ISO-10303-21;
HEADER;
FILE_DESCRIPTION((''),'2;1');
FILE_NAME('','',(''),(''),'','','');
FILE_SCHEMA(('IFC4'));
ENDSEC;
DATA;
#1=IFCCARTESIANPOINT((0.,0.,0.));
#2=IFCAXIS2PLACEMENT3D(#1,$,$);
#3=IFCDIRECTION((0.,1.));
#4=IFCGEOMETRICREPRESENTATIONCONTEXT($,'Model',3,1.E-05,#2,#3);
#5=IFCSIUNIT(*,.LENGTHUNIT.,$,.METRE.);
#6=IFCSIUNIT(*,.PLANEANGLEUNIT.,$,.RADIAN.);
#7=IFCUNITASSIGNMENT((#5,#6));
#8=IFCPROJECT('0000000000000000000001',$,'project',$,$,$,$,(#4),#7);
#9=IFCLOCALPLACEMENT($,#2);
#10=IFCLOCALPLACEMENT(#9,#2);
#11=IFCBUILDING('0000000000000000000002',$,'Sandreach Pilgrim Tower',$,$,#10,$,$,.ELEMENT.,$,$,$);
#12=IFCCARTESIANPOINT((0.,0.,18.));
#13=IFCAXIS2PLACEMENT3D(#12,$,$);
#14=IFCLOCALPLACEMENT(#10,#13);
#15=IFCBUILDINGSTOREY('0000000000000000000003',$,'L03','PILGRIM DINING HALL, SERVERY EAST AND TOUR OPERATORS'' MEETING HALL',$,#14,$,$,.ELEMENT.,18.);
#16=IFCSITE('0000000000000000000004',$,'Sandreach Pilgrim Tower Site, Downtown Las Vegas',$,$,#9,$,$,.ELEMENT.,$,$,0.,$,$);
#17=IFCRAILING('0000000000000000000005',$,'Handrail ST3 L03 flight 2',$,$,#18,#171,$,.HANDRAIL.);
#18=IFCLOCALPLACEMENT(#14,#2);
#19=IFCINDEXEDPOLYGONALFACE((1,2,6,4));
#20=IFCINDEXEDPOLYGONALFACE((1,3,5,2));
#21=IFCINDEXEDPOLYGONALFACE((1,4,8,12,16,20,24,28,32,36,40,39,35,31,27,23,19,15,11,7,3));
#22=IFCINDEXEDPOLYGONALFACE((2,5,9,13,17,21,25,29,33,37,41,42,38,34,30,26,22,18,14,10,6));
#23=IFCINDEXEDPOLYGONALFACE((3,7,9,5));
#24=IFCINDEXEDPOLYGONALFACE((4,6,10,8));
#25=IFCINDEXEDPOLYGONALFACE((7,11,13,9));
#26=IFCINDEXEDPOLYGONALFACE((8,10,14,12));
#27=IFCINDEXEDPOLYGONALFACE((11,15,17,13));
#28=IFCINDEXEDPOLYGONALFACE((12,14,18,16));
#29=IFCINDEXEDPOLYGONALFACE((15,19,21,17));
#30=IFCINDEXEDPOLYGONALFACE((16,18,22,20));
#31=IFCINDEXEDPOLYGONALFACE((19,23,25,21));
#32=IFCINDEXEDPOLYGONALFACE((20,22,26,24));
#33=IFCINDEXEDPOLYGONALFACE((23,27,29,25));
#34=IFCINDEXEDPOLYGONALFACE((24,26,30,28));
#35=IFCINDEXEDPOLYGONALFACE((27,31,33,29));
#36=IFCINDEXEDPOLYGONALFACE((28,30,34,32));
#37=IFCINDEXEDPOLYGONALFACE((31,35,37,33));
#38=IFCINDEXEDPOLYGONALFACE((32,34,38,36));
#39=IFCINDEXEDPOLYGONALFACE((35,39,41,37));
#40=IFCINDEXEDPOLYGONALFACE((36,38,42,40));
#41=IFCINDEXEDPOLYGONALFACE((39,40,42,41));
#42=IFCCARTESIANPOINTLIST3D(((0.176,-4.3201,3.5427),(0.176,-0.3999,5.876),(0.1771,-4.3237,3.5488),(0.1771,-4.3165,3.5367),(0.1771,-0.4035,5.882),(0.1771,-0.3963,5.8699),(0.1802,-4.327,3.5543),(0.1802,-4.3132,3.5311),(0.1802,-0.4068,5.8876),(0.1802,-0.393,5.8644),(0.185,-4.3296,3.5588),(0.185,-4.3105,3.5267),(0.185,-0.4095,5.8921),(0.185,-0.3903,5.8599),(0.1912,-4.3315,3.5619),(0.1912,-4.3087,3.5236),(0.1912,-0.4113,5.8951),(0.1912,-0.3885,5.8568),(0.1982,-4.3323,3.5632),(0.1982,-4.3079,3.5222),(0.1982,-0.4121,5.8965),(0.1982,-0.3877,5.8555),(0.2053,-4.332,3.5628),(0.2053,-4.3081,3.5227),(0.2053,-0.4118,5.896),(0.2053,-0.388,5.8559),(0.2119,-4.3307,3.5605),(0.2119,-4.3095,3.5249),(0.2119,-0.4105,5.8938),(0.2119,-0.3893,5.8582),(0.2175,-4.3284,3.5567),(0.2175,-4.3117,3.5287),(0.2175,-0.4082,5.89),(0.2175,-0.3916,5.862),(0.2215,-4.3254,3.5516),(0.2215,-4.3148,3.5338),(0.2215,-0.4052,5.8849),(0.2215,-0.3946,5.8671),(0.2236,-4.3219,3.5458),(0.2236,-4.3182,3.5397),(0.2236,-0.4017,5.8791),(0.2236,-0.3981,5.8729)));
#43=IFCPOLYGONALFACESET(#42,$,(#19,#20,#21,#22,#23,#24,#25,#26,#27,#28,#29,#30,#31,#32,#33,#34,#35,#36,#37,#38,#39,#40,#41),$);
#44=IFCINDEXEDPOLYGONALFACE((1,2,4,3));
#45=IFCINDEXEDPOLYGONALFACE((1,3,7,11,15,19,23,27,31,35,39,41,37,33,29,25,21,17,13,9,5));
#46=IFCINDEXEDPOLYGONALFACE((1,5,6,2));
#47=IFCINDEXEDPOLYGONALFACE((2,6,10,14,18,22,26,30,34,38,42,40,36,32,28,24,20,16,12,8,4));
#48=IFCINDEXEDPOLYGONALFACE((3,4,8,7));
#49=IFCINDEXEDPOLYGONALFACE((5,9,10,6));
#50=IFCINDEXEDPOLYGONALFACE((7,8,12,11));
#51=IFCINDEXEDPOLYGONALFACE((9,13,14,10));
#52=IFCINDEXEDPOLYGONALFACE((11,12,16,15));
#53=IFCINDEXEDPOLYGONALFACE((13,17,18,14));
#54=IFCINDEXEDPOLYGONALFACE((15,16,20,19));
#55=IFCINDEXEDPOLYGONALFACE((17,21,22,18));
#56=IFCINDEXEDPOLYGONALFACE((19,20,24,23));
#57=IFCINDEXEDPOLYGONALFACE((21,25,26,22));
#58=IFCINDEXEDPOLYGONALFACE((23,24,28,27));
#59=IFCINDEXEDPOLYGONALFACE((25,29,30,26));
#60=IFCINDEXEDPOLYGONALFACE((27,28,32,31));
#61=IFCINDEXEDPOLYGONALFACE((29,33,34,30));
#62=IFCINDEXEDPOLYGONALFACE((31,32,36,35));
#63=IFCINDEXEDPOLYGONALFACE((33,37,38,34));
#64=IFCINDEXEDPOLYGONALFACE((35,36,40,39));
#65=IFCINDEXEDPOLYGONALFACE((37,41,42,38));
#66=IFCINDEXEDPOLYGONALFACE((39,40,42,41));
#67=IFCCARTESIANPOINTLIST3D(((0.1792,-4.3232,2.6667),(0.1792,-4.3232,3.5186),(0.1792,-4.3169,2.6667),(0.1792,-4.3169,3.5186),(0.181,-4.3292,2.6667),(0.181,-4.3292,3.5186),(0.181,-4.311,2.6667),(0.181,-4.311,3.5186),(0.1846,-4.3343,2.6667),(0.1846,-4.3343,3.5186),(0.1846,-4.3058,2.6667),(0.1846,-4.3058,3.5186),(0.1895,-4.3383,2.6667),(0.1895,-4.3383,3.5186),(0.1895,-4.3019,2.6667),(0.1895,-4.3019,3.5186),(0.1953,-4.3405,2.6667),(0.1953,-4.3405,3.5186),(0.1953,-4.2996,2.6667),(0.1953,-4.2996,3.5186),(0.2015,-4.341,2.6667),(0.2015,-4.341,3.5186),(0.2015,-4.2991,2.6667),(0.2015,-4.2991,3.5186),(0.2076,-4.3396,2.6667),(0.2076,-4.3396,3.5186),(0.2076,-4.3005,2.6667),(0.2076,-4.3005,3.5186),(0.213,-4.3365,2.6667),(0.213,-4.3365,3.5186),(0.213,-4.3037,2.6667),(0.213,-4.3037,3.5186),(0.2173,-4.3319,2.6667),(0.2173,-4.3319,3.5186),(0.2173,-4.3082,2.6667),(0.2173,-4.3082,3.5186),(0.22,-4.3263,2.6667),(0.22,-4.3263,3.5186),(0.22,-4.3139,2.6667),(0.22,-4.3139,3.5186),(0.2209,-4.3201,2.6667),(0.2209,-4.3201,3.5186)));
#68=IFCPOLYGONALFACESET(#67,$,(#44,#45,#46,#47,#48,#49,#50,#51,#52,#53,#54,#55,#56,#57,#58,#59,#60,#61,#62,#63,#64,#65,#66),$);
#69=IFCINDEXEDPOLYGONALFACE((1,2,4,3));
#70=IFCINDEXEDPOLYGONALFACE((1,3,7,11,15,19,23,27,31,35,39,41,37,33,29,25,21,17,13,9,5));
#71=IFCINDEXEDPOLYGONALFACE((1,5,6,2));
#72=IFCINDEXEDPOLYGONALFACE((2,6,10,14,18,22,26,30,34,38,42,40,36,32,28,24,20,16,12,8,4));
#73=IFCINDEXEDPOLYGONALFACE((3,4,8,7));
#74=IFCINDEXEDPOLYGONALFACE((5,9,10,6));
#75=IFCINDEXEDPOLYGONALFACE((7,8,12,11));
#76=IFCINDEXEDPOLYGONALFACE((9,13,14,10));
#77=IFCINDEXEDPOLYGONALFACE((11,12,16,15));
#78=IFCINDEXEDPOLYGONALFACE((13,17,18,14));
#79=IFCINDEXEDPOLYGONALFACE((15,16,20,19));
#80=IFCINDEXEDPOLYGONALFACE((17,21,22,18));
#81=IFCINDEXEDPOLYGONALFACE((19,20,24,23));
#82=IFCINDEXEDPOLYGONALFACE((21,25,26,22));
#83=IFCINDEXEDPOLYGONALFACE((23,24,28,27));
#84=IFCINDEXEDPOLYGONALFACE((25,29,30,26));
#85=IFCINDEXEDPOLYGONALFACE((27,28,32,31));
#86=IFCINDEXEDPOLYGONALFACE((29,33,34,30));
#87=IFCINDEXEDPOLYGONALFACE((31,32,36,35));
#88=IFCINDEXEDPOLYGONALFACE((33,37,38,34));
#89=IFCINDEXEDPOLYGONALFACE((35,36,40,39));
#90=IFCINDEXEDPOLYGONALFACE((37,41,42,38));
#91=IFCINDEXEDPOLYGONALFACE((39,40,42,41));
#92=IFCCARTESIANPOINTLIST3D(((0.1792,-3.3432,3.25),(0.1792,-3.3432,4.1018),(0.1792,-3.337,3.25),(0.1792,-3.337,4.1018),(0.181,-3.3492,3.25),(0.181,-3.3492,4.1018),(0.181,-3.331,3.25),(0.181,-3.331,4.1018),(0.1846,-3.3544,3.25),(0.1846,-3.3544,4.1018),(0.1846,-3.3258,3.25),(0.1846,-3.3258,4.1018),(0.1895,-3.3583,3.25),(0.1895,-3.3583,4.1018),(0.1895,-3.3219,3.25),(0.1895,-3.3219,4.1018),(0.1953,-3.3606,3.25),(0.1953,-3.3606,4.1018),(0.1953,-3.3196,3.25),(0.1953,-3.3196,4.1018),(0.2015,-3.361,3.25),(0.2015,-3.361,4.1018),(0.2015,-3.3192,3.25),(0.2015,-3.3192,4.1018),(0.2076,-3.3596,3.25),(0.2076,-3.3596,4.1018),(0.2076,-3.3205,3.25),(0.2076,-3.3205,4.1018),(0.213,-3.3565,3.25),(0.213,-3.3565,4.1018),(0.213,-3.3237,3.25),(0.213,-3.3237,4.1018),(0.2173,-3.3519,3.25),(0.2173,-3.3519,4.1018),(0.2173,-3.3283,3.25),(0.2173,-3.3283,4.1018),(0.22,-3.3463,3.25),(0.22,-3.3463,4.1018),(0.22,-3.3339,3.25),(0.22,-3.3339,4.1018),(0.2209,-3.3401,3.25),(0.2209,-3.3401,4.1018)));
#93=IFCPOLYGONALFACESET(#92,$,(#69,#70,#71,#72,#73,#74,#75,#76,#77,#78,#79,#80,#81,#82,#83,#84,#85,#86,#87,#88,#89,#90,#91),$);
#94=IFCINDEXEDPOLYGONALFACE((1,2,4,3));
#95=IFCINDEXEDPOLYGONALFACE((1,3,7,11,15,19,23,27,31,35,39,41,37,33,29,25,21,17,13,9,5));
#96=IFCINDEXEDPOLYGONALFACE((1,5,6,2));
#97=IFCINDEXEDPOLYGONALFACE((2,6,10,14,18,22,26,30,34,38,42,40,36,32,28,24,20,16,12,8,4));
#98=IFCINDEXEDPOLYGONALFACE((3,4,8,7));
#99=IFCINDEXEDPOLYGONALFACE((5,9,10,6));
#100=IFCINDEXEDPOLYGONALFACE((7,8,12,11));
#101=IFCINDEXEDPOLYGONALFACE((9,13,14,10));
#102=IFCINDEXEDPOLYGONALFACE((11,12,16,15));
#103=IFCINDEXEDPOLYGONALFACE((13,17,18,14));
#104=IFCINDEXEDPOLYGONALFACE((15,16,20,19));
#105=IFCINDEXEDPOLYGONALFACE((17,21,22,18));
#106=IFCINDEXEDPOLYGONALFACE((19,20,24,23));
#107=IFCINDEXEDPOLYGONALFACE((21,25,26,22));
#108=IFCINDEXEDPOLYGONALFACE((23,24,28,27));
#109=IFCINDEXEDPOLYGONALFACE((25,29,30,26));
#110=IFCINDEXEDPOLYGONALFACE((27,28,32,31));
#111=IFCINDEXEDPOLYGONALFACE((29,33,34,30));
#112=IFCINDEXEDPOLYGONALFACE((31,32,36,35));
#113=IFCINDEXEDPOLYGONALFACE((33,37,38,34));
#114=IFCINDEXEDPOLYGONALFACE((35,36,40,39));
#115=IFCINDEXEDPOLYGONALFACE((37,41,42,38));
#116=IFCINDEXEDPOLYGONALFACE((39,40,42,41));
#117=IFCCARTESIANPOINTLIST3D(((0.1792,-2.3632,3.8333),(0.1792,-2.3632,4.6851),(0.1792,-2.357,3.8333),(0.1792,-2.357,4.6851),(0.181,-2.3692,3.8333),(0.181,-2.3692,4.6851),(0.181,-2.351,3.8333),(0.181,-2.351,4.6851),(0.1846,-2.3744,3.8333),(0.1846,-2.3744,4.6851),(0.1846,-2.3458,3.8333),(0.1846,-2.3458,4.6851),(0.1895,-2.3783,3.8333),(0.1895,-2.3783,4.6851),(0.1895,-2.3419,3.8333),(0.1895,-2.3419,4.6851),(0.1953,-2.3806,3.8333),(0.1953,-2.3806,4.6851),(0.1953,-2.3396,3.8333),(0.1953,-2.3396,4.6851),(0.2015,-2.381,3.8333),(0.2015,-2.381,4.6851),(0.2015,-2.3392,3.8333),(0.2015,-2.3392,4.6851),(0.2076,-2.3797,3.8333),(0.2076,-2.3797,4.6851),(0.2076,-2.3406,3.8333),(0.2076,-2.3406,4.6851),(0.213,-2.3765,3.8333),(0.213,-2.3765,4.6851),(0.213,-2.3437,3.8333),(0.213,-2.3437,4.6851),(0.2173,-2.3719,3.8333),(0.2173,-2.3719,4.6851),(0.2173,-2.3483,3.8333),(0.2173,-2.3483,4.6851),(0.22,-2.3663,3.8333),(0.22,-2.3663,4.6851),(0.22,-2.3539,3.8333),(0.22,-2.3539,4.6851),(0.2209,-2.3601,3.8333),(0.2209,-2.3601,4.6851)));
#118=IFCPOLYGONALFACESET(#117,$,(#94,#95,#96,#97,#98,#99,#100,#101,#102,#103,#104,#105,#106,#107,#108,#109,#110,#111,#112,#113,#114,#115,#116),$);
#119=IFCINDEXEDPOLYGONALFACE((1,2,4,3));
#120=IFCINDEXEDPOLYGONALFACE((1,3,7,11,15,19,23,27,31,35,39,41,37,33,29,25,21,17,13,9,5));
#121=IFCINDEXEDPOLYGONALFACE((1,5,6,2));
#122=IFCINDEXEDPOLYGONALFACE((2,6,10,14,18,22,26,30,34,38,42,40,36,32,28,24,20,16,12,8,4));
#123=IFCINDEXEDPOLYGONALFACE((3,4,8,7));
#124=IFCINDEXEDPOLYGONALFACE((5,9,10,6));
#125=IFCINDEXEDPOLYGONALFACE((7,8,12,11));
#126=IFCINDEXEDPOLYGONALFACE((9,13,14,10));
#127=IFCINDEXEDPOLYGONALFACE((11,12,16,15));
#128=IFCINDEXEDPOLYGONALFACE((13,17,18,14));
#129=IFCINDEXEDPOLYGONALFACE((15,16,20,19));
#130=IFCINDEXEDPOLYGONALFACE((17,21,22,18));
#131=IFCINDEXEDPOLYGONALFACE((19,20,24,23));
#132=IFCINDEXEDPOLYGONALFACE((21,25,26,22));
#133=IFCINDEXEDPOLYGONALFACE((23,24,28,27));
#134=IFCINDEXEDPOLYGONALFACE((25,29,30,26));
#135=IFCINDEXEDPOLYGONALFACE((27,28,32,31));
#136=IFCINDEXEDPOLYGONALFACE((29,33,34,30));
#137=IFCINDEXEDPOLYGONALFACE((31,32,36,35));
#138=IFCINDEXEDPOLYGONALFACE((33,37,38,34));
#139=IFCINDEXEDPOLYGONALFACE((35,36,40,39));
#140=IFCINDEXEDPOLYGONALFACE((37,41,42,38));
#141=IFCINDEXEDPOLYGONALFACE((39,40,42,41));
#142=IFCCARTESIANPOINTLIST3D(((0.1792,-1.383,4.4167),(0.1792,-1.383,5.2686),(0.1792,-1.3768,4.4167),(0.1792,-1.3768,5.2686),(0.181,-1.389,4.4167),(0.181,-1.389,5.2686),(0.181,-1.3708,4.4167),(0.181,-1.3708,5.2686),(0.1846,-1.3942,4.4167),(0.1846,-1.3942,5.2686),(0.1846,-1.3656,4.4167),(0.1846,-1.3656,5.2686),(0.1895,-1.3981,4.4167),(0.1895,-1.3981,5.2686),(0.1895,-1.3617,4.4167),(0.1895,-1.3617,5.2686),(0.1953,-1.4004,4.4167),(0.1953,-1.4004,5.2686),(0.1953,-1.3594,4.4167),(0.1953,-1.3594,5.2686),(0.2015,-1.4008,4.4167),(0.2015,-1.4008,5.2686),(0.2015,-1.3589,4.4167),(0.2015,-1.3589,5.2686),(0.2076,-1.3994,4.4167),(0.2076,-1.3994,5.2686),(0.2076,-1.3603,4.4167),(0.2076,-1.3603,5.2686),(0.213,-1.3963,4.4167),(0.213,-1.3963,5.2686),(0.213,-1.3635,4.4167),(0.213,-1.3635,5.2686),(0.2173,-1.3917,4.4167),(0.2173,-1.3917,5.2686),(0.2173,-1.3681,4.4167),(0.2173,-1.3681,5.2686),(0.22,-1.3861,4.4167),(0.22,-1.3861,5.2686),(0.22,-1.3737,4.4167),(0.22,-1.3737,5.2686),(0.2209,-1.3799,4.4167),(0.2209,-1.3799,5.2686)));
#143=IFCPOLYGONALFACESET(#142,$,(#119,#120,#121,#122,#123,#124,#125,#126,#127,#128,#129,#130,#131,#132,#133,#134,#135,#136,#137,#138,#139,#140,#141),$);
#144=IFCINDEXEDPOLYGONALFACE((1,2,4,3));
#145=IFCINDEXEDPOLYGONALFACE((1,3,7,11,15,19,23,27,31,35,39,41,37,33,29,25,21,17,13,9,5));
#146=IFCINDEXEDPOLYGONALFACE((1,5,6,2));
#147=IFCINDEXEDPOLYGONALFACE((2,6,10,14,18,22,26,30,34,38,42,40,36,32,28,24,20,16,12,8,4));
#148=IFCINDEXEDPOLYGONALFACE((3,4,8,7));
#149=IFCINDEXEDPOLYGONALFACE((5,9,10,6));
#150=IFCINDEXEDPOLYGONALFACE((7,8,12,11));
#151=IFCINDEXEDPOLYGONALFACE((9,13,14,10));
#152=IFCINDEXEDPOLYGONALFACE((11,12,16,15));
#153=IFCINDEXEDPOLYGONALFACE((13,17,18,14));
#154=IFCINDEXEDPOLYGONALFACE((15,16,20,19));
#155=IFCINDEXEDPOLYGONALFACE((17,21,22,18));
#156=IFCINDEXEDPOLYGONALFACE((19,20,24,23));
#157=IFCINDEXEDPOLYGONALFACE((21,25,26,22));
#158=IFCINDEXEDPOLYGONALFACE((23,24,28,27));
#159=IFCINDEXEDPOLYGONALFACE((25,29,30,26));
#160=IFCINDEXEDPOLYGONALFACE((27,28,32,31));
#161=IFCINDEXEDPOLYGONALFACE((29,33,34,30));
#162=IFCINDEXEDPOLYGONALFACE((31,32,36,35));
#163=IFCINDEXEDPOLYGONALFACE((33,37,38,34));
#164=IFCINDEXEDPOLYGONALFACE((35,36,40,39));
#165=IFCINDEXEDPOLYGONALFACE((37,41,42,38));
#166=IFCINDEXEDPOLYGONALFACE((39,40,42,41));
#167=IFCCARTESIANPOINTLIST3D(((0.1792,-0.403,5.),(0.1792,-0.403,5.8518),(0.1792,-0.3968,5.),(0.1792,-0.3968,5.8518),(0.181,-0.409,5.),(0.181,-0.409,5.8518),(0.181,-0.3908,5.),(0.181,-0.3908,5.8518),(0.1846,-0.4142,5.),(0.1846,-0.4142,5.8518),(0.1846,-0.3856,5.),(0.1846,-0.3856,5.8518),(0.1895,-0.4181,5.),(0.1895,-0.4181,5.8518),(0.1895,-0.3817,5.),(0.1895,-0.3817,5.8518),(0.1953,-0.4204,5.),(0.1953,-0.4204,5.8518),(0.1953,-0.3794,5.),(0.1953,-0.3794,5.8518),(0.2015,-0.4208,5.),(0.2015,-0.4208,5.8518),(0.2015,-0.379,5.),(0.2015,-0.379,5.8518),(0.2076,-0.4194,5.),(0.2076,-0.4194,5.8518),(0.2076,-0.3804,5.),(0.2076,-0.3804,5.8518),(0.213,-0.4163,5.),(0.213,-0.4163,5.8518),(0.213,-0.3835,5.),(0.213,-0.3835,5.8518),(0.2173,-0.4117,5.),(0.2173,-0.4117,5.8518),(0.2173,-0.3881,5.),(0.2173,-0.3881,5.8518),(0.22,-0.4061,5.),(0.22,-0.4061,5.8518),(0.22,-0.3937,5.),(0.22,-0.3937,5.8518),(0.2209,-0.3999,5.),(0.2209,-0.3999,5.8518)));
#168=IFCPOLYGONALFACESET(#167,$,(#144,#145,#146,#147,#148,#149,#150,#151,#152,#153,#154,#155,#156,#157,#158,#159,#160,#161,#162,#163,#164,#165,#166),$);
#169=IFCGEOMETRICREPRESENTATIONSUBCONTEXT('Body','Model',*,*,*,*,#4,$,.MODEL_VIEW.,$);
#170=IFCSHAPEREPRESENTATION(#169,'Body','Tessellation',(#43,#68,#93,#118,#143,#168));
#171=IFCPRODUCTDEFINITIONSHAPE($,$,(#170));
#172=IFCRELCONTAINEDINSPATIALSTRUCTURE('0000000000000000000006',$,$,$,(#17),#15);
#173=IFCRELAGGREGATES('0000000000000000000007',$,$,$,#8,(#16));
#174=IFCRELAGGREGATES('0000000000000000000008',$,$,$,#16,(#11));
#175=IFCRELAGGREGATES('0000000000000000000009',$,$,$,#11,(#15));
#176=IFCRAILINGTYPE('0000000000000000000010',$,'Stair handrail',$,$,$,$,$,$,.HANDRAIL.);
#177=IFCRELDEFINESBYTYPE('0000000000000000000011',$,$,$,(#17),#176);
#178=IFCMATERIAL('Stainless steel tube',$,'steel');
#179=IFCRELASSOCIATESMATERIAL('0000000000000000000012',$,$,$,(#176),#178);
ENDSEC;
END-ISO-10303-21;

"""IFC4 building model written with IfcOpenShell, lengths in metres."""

from ifc_helpers import new_model, si_unit, direction, frame, origin, origin_2d, place, context, subcontext, project, spatial, circle, extrude, material, type_object, element, save


model = new_model("IFC4")

# Units and contexts
model_context = context("Model", 3, precision=1e-05, world=origin(), true_north=direction((0.0, 1.0)))
body_context = subcontext(model_context, "Body", "Model", "MODEL_VIEW")
ifc_project = project(units=[si_unit("LENGTHUNIT", "METRE"), si_unit("PLANEANGLEUNIT", "RADIAN")], contexts=[model_context])

# Site, building, storey
site_placement = place(None, origin())
site = spatial("IfcSite", under=ifc_project, at=site_placement, Name="Sandreach Pilgrim Tower Site, Downtown Las Vegas", CompositionType="ELEMENT", RefElevation=0.0)
building_placement = place(site_placement, origin())
building = spatial("IfcBuilding", under=site, at=building_placement, Name="Sandreach Pilgrim Tower", CompositionType="ELEMENT")
storey_placement = place(building_placement, frame((0.0, 0.0, 18.0)))
storey = spatial("IfcBuildingStorey", under=building, at=storey_placement, Name="L03", Description="PILGRIM DINING HALL, SERVERY EAST AND TOUR OPERATORS' MEETING HALL", CompositionType="ELEMENT", Elevation=18.0)

# Railing
ifc_material_1 = material(Name="Stainless steel tube", Category="steel")
railing_type = type_object("IfcRailingType", Name="Stair handrail", PredefinedType="HANDRAIL", material=ifc_material_1)
for number, where, name in (
    (1, (0.2, -4.3201, 2.6667), "Handrail ST3 L03 flight 2"),
):
    element("IfcRailing", number, at=place(storey_placement, frame(where)), inside=storey, type_object=railing_type, Name=name, PredefinedType="HANDRAIL", context=body_context, shape_type="SweptSolid", body=[
        extrude(circle(Radius=0.0239, at=origin_2d()), frame((0.0, 0.0, 0.876), z_axis=(0.0, 0.85931, 0.511455), x_axis=(-1.0, 0.0, 0.0)), (0.0, 0.0, 1.0), 4.562),
        extrude(circle(Radius=0.021, at=origin_2d()), origin(), (0.0, 0.0, 1.0), 0.8518),
        extrude(circle(Radius=0.021, at=origin_2d()), frame((0.0, 0.98, 0.5833)), (0.0, 0.0, 1.0), 0.8518),
        extrude(circle(Radius=0.021, at=origin_2d()), frame((0.0, 1.96, 1.1665)), (0.0, 0.0, 1.0), 0.8518),
        extrude(circle(Radius=0.021, at=origin_2d()), frame((0.0, 2.9402, 1.75)), (0.0, 0.0, 1.0), 0.8518),
        extrude(circle(Radius=0.021, at=origin_2d()), frame((0.0, 3.9202, 2.3333)), (0.0, 0.0, 1.0), 0.8518),
    ])

save(model, "model.ifc")
